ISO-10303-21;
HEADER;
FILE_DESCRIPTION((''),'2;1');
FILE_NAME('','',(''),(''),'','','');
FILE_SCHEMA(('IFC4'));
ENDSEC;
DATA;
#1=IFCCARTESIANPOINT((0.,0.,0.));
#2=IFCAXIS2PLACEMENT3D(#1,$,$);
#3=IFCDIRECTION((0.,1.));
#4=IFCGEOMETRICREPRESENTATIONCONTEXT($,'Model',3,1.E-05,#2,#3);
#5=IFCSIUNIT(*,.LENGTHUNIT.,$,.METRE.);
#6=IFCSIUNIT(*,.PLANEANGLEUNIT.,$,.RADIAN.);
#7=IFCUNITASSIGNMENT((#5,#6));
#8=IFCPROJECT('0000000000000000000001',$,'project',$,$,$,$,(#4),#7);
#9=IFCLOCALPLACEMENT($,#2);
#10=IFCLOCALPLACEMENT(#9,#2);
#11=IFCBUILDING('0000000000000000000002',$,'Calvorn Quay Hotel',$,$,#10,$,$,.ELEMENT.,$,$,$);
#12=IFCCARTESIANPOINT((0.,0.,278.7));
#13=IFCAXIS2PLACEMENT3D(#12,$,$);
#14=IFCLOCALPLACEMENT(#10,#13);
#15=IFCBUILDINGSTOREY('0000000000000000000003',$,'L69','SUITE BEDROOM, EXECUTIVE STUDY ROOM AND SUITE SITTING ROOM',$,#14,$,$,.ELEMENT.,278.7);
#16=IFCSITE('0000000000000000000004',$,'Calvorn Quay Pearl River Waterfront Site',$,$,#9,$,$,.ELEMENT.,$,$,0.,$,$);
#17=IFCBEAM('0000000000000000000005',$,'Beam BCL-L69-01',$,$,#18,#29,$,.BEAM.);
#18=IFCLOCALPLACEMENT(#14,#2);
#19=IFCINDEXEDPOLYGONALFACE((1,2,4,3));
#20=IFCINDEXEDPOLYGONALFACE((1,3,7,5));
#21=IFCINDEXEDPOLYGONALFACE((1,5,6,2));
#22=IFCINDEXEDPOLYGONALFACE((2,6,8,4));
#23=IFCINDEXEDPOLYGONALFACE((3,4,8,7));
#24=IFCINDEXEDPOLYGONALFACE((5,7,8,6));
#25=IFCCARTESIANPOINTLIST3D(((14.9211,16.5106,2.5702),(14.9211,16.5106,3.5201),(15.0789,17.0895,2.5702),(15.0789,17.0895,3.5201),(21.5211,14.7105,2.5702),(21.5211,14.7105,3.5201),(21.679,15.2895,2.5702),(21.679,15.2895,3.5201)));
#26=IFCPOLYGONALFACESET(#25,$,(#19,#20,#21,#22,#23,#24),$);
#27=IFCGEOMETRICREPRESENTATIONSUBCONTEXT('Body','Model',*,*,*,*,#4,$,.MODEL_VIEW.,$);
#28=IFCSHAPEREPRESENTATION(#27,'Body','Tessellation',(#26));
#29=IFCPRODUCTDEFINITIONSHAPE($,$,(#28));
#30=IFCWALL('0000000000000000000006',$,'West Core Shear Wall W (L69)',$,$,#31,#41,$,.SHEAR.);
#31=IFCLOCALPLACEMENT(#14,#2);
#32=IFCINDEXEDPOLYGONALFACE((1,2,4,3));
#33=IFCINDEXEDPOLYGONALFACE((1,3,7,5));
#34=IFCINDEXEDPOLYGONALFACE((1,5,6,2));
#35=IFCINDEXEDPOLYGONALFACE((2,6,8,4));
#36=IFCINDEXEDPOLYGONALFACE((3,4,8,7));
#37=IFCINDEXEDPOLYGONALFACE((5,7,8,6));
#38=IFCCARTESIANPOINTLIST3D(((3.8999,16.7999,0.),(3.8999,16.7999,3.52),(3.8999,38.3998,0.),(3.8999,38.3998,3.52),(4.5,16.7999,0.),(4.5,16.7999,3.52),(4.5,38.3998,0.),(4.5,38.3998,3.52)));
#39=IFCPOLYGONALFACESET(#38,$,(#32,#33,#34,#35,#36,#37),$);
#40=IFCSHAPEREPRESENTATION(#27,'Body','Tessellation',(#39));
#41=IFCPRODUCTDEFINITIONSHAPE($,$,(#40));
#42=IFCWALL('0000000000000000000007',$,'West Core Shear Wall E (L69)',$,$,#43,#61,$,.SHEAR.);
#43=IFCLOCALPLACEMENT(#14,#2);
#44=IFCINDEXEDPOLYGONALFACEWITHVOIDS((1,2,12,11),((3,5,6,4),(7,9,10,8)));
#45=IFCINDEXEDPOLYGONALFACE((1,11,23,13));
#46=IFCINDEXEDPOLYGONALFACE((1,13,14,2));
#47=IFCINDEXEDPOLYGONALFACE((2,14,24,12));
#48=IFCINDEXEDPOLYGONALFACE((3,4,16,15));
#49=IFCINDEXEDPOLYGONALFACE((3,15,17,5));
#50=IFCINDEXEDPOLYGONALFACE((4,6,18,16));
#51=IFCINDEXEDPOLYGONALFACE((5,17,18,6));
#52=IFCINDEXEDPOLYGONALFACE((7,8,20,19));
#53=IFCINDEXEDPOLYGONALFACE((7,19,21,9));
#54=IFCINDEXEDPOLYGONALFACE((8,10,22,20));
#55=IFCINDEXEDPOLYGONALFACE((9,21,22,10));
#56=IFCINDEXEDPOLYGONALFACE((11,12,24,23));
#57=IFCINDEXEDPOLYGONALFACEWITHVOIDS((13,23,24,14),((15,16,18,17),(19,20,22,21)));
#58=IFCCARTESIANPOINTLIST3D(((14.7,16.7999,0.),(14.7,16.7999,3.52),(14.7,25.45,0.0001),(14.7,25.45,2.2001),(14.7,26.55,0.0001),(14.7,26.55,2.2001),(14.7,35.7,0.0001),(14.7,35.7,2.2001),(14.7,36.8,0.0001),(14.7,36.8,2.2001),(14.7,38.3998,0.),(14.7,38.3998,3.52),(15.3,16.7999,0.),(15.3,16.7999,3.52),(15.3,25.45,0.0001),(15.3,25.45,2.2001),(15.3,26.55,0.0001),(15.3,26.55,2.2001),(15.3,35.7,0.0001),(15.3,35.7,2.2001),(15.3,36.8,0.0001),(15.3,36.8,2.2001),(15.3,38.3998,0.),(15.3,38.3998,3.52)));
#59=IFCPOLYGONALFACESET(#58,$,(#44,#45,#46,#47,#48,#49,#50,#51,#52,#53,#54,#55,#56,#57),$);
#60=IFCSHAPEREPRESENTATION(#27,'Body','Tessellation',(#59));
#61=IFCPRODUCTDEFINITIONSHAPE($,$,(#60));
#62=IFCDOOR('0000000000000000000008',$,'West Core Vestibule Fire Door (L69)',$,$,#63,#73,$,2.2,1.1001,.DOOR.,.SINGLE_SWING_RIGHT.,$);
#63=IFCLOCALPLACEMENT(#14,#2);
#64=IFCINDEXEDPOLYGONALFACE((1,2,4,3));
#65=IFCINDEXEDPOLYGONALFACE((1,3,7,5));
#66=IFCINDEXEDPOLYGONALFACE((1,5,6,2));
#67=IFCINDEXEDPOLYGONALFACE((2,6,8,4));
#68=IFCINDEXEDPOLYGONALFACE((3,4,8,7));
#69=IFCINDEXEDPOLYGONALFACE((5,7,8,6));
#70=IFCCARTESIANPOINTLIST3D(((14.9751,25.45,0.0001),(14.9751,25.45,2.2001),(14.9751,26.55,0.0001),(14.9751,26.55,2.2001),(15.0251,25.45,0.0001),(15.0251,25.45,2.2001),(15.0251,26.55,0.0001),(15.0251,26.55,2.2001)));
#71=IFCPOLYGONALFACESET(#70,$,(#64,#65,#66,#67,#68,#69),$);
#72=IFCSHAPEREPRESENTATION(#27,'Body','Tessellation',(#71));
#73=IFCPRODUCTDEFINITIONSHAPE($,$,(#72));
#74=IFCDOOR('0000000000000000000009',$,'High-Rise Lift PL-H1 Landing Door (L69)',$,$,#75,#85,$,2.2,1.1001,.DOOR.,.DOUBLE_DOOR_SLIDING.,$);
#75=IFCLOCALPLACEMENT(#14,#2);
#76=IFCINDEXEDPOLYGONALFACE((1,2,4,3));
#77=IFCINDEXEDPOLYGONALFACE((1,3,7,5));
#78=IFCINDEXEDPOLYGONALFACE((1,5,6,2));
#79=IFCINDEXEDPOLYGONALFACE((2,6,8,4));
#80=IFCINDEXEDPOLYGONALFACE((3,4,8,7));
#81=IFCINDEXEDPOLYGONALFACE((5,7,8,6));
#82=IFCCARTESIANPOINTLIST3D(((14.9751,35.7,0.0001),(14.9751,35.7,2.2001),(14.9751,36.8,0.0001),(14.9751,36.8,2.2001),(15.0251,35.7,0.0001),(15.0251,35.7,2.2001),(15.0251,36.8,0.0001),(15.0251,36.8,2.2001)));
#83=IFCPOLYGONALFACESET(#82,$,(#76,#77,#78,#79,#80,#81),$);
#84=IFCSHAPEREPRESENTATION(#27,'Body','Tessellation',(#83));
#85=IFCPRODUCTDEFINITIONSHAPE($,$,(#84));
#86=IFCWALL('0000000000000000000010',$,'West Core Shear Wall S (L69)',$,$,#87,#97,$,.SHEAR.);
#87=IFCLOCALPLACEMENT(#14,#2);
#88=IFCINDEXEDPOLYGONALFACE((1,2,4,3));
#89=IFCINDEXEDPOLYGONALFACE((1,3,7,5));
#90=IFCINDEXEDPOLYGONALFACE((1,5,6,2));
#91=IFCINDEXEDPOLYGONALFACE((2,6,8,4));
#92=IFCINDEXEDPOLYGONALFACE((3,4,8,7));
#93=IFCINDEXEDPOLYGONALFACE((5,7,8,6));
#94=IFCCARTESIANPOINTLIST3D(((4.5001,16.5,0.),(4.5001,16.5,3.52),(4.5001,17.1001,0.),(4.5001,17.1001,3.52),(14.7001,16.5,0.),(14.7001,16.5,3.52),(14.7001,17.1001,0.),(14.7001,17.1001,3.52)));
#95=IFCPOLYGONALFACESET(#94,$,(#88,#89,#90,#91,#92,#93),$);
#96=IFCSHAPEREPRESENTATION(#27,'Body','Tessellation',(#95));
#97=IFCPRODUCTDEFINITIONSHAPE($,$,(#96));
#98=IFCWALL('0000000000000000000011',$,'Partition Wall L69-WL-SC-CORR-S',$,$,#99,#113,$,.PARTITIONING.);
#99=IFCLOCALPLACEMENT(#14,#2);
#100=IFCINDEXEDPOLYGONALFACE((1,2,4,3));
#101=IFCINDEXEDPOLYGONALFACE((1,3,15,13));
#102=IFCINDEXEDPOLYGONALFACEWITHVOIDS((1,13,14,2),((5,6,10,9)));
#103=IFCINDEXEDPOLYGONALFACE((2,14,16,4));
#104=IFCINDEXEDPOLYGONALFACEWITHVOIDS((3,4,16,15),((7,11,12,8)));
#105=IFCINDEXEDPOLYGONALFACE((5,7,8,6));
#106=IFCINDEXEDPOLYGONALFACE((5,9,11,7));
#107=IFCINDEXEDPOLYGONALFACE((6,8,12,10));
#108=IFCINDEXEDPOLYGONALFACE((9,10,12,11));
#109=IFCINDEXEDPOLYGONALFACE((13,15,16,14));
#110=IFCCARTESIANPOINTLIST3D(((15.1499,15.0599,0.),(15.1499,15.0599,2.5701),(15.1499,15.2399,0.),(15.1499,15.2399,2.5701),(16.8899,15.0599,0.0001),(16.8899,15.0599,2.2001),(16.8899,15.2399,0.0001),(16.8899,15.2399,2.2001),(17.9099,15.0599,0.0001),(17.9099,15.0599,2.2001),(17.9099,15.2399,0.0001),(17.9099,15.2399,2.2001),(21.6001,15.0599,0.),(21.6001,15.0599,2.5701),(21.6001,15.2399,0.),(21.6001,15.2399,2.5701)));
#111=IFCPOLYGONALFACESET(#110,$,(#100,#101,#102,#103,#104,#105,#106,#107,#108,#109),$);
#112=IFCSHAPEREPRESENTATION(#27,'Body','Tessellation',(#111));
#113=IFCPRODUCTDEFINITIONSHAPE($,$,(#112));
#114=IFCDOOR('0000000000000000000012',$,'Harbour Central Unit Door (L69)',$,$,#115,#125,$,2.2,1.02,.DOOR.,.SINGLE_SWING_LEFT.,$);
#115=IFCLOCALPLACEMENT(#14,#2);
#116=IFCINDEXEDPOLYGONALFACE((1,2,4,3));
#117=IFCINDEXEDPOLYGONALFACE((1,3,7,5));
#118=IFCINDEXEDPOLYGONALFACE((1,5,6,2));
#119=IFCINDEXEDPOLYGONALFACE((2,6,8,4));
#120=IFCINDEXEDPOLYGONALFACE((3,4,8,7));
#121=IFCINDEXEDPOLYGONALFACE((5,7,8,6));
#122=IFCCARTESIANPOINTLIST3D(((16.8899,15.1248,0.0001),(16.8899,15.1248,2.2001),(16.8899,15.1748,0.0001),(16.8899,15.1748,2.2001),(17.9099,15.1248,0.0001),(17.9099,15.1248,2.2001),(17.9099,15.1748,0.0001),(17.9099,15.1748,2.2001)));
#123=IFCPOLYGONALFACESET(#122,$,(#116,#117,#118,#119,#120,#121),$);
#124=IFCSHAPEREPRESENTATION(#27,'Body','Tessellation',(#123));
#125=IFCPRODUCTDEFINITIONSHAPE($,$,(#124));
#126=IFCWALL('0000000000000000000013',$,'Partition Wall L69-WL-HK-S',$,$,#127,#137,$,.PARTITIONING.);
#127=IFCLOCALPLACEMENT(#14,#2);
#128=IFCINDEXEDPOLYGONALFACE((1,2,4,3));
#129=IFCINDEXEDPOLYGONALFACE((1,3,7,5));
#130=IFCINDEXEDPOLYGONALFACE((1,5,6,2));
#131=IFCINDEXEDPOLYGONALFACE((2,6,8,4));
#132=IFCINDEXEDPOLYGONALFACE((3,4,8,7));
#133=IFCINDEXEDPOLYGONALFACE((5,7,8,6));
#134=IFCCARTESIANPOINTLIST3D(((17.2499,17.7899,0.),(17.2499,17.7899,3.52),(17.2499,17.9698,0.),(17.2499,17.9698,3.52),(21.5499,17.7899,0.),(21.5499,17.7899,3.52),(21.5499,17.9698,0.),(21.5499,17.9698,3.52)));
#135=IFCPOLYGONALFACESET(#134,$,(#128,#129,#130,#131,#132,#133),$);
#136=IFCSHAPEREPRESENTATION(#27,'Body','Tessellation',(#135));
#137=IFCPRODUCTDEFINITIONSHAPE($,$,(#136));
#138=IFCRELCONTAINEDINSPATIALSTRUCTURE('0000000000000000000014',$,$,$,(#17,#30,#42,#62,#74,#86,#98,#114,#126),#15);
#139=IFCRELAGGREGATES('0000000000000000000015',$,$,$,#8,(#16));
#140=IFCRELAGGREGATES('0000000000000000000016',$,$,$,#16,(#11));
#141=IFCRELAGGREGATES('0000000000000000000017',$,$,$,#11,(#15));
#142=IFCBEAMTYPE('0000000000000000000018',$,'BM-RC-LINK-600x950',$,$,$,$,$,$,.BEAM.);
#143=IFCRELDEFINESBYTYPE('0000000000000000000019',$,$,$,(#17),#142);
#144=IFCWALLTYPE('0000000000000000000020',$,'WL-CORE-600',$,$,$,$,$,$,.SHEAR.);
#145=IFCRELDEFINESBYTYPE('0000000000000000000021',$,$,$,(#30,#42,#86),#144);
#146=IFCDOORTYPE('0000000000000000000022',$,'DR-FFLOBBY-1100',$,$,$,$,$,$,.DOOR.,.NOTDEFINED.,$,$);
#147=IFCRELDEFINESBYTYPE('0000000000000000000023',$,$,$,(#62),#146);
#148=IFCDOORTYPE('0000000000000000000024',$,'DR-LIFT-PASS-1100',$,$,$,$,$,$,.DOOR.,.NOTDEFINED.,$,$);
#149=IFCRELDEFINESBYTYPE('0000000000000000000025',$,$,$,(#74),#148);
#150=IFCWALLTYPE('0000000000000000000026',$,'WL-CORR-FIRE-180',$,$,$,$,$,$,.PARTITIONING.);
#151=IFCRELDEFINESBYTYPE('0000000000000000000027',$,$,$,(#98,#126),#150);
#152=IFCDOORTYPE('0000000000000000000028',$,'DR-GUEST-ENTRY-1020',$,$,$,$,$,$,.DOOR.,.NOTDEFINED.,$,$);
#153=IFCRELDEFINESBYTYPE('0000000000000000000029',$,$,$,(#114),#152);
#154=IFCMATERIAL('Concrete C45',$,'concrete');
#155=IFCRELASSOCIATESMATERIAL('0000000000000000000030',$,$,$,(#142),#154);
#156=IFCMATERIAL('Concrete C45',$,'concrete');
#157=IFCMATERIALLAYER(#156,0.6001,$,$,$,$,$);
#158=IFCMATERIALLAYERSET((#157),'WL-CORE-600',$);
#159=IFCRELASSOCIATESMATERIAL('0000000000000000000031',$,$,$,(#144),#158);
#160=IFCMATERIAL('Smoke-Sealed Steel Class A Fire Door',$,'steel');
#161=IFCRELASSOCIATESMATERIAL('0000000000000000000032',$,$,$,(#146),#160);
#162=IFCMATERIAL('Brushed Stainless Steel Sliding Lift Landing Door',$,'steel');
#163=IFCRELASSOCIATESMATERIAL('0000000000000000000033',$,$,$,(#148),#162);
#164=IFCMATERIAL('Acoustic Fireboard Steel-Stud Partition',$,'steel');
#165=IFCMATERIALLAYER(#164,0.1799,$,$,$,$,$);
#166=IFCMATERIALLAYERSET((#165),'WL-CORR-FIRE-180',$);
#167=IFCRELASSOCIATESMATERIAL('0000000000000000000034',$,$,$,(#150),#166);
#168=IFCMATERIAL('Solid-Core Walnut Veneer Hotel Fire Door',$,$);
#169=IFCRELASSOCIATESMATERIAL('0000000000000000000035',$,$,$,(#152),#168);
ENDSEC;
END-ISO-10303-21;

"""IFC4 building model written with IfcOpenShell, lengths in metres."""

from ifc_helpers import new_model, si_unit, direction, frame, frame_2d, origin, origin_2d, place, context, subcontext, project, spatial, rectangle, extrude, material, layer, layer_set, material_profile, profile_set, type_object, element, fill, save


model = new_model("IFC4")

# Units and contexts
model_context = context("Model", 3, precision=1e-05, world=origin(), true_north=direction((0.0, 1.0)))
body_context = subcontext(model_context, "Body", "Model", "MODEL_VIEW")
ifc_project = project(units=[si_unit("LENGTHUNIT", "METRE"), si_unit("PLANEANGLEUNIT", "RADIAN")], contexts=[model_context])

# Site, building, storey
site_placement = place(None, origin())
site = spatial("IfcSite", under=ifc_project, at=site_placement, Name="Calvorn Quay Pearl River Waterfront Site", CompositionType="ELEMENT", RefElevation=0.0)
building_placement = place(site_placement, origin())
building = spatial("IfcBuilding", under=site, at=building_placement, Name="Calvorn Quay Hotel", CompositionType="ELEMENT")
storey_placement = place(building_placement, frame((0.0, 0.0, 278.7)))
storey = spatial("IfcBuildingStorey", under=building, at=storey_placement, Name="L69", Description="SUITE BEDROOM, EXECUTIVE STUDY ROOM AND SUITE SITTING ROOM", CompositionType="ELEMENT", Elevation=278.7)

# Beam
ifc_material_1 = material(Name="Concrete C45", Category="concrete")
ifc_material_profile = material_profile(ifc_material_1, rectangle(XDim=0.6001, YDim=0.95, at=origin_2d()), Name="RCB600x950")
ifc_profile_set = profile_set([ifc_material_profile], Name="Concrete C45")
beam_type = type_object("IfcBeamType", Name="BM-RC-LINK-600x950", PredefinedType="BEAM", material=ifc_profile_set)
beam_placement = place(storey_placement, frame((15.0, 16.8, 3.0452), z_axis=(0.964763, -0.26312, 0.0), x_axis=(0.26312, 0.964763, 0.0)))
element("IfcBeam", 1, at=beam_placement, inside=storey, type_object=beam_type, Name="Beam BCL-L69-01", PredefinedType="BEAM", context=body_context, shape_type="SweptSolid", body=[
    extrude(rectangle(XDim=0.6001, YDim=0.95, at=origin_2d()), origin(), (0.0, 0.0, 1.0), 6.8411),
])

# Wall
ifc_material_2 = material(Name="Concrete C45", Category="concrete")
ifc_layer_1 = layer(ifc_material_2, 0.6001)
ifc_layer_set_1 = layer_set([ifc_layer_1], Name="WL-CORE-600")
wall_type_1 = type_object("IfcWallType", Name="WL-CORE-600", PredefinedType="SHEAR", material=ifc_layer_set_1)
wall_1_placement = place(storey_placement, frame((4.2, 16.8, 0.0), z_axis=(0.0, 0.0, 1.0), x_axis=(0.0, 1.0, 0.0)))
element("IfcWall", 2, at=wall_1_placement, inside=storey, type_object=wall_type_1, Name="West Core Shear Wall W (L69)", PredefinedType="SHEAR", context=body_context, shape_type="SweptSolid", body=[
    extrude(rectangle(XDim=21.5999, YDim=0.6001, at=frame_2d((10.7998, 0.0))), origin(), (0.0, 0.0, 1.0), 3.52),
])

# Wall, openings, doors
wall_2_placement = place(storey_placement, frame((15.0, 16.8, 0.0), z_axis=(0.0, 0.0, 1.0), x_axis=(0.0, 1.0, 0.0)))
wall_2 = element("IfcWall", 3, at=wall_2_placement, inside=storey, type_object=wall_type_1, Name="West Core Shear Wall E (L69)", PredefinedType="SHEAR", context=body_context, shape_type="SweptSolid", body=[
    extrude(rectangle(XDim=21.5999, YDim=0.6001, at=frame_2d((10.7998, 0.0))), origin(), (0.0, 0.0, 1.0), 3.52),
])
opening_1_placement = place(wall_2_placement, frame((8.6499, 0.0, 0.0)))
opening_1 = element("IfcOpeningElement", 4, at=opening_1_placement, cuts=wall_2, PredefinedType="OPENING", context=body_context, shape_type="SweptSolid", body=[
    extrude(rectangle(XDim=1.1001, YDim=2.2, at=frame_2d((0.55, 1.1001))), frame((0.0, 0.3101, 0.0), z_axis=(0.0, -1.0, 0.0), x_axis=(1.0, 0.0, 0.0)), (0.0, 0.0, 1.0), 0.6201),
])
opening_2_placement = place(wall_2_placement, frame((18.8999, 0.0, 0.0)))
opening_2 = element("IfcOpeningElement", 5, at=opening_2_placement, cuts=wall_2, PredefinedType="OPENING", context=body_context, shape_type="SweptSolid", body=[
    extrude(rectangle(XDim=1.1001, YDim=2.2, at=frame_2d((0.55, 1.1001))), frame((0.0, 0.3101, 0.0), z_axis=(0.0, -1.0, 0.0), x_axis=(1.0, 0.0, 0.0)), (0.0, 0.0, 1.0), 0.6201),
])
ifc_material_3 = material(Name="Smoke-Sealed Steel Class A Fire Door", Category="steel")
door_type_1 = type_object("IfcDoorType", Name="DR-FFLOBBY-1100", OperationType="NOTDEFINED", PredefinedType="DOOR", material=ifc_material_3)
door_1_placement = place(opening_1_placement, origin())
door_1 = element("IfcDoor", 6, at=door_1_placement, inside=storey, type_object=door_type_1, Name="West Core Vestibule Fire Door (L69)", OperationType="SINGLE_SWING_RIGHT", OverallHeight=2.2, OverallWidth=1.1001, PredefinedType="DOOR", context=body_context, shape_type="SweptSolid", body=[
    extrude(rectangle(XDim=1.1001, YDim=2.2, at=frame_2d((0.55, 1.1001))), frame((0.0, 0.0249, 0.0), z_axis=(0.0, -1.0, 0.0), x_axis=(1.0, 0.0, 0.0)), (0.0, 0.0, 1.0), 0.05),
])
fill(opening_1, door_1)
ifc_material_4 = material(Name="Brushed Stainless Steel Sliding Lift Landing Door", Category="steel")
door_type_2 = type_object("IfcDoorType", Name="DR-LIFT-PASS-1100", OperationType="NOTDEFINED", PredefinedType="DOOR", material=ifc_material_4)
door_2_placement = place(opening_2_placement, origin())
door_2 = element("IfcDoor", 7, at=door_2_placement, inside=storey, type_object=door_type_2, Name="High-Rise Lift PL-H1 Landing Door (L69)", OperationType="DOUBLE_DOOR_SLIDING", OverallHeight=2.2, OverallWidth=1.1001, PredefinedType="DOOR", context=body_context, shape_type="SweptSolid", body=[
    extrude(rectangle(XDim=1.1001, YDim=2.2, at=frame_2d((0.55, 1.1001))), frame((0.0, 0.0249, 0.0), z_axis=(0.0, -1.0, 0.0), x_axis=(1.0, 0.0, 0.0)), (0.0, 0.0, 1.0), 0.05),
])
fill(opening_2, door_2)

# Wall
wall_3_placement = place(storey_placement, frame((4.5, 16.8, 0.0), z_axis=(0.0, 0.0, 1.0), x_axis=(1.0, 0.0, 0.0)))
element("IfcWall", 8, at=wall_3_placement, inside=storey, type_object=wall_type_1, Name="West Core Shear Wall S (L69)", PredefinedType="SHEAR", context=body_context, shape_type="SweptSolid", body=[
    extrude(rectangle(XDim=10.2, YDim=0.6001, at=frame_2d((5.1001, 0.0))), origin(), (0.0, 0.0, 1.0), 3.52),
])

# Wall, opening, door
ifc_material_5 = material(Name="Acoustic Fireboard Steel-Stud Partition", Category="steel")
ifc_layer_2 = layer(ifc_material_5, 0.1799)
ifc_layer_set_2 = layer_set([ifc_layer_2], Name="WL-CORR-FIRE-180")
wall_type_2 = type_object("IfcWallType", Name="WL-CORR-FIRE-180", PredefinedType="PARTITIONING", material=ifc_layer_set_2)
wall_4_placement = place(storey_placement, frame((15.1499, 15.1499, 0.0), z_axis=(0.0, 0.0, 1.0), x_axis=(1.0, 0.0, 0.0)))
wall_4 = element("IfcWall", 9, at=wall_4_placement, inside=storey, type_object=wall_type_2, Name="Partition Wall L69-WL-SC-CORR-S", PredefinedType="PARTITIONING", context=body_context, shape_type="SweptSolid", body=[
    extrude(rectangle(XDim=6.4502, YDim=0.1799, at=frame_2d((3.2251, 0.0))), origin(), (0.0, 0.0, 1.0), 2.5701),
])
opening_3_placement = place(wall_4_placement, frame((1.74, 0.0, 0.0)))
opening_3 = element("IfcOpeningElement", 10, at=opening_3_placement, cuts=wall_4, PredefinedType="OPENING", context=body_context, shape_type="SweptSolid", body=[
    extrude(rectangle(XDim=1.02, YDim=2.2, at=frame_2d((0.51, 1.1001))), frame((0.0, 0.0999, 0.0), z_axis=(0.0, -1.0, 0.0), x_axis=(1.0, 0.0, 0.0)), (0.0, 0.0, 1.0), 0.2),
])
ifc_material_6 = material(Name="Solid-Core Walnut Veneer Hotel Fire Door")
door_type_3 = type_object("IfcDoorType", Name="DR-GUEST-ENTRY-1020", OperationType="NOTDEFINED", PredefinedType="DOOR", material=ifc_material_6)
door_3_placement = place(opening_3_placement, origin())
door_3 = element("IfcDoor", 11, at=door_3_placement, inside=storey, type_object=door_type_3, Name="Harbour Central Unit Door (L69)", OperationType="SINGLE_SWING_LEFT", OverallHeight=2.2, OverallWidth=1.02, PredefinedType="DOOR", context=body_context, shape_type="SweptSolid", body=[
    extrude(rectangle(XDim=1.02, YDim=2.2, at=frame_2d((0.51, 1.1001))), frame((0.0, 0.0249, 0.0), z_axis=(0.0, -1.0, 0.0), x_axis=(1.0, 0.0, 0.0)), (0.0, 0.0, 1.0), 0.05),
])
fill(opening_3, door_3)

# Wall
wall_5_placement = place(storey_placement, frame((17.25, 17.8799, 0.0), z_axis=(0.0, 0.0, 1.0), x_axis=(1.0, 0.0, 0.0)))
element("IfcWall", 12, at=wall_5_placement, inside=storey, type_object=wall_type_2, Name="Partition Wall L69-WL-HK-S", PredefinedType="PARTITIONING", context=body_context, shape_type="SweptSolid", body=[
    extrude(rectangle(XDim=4.3, YDim=0.1799, at=frame_2d((2.1499, 0.0))), origin(), (0.0, 0.0, 1.0), 3.52),
])

save(model, "model.ifc")
